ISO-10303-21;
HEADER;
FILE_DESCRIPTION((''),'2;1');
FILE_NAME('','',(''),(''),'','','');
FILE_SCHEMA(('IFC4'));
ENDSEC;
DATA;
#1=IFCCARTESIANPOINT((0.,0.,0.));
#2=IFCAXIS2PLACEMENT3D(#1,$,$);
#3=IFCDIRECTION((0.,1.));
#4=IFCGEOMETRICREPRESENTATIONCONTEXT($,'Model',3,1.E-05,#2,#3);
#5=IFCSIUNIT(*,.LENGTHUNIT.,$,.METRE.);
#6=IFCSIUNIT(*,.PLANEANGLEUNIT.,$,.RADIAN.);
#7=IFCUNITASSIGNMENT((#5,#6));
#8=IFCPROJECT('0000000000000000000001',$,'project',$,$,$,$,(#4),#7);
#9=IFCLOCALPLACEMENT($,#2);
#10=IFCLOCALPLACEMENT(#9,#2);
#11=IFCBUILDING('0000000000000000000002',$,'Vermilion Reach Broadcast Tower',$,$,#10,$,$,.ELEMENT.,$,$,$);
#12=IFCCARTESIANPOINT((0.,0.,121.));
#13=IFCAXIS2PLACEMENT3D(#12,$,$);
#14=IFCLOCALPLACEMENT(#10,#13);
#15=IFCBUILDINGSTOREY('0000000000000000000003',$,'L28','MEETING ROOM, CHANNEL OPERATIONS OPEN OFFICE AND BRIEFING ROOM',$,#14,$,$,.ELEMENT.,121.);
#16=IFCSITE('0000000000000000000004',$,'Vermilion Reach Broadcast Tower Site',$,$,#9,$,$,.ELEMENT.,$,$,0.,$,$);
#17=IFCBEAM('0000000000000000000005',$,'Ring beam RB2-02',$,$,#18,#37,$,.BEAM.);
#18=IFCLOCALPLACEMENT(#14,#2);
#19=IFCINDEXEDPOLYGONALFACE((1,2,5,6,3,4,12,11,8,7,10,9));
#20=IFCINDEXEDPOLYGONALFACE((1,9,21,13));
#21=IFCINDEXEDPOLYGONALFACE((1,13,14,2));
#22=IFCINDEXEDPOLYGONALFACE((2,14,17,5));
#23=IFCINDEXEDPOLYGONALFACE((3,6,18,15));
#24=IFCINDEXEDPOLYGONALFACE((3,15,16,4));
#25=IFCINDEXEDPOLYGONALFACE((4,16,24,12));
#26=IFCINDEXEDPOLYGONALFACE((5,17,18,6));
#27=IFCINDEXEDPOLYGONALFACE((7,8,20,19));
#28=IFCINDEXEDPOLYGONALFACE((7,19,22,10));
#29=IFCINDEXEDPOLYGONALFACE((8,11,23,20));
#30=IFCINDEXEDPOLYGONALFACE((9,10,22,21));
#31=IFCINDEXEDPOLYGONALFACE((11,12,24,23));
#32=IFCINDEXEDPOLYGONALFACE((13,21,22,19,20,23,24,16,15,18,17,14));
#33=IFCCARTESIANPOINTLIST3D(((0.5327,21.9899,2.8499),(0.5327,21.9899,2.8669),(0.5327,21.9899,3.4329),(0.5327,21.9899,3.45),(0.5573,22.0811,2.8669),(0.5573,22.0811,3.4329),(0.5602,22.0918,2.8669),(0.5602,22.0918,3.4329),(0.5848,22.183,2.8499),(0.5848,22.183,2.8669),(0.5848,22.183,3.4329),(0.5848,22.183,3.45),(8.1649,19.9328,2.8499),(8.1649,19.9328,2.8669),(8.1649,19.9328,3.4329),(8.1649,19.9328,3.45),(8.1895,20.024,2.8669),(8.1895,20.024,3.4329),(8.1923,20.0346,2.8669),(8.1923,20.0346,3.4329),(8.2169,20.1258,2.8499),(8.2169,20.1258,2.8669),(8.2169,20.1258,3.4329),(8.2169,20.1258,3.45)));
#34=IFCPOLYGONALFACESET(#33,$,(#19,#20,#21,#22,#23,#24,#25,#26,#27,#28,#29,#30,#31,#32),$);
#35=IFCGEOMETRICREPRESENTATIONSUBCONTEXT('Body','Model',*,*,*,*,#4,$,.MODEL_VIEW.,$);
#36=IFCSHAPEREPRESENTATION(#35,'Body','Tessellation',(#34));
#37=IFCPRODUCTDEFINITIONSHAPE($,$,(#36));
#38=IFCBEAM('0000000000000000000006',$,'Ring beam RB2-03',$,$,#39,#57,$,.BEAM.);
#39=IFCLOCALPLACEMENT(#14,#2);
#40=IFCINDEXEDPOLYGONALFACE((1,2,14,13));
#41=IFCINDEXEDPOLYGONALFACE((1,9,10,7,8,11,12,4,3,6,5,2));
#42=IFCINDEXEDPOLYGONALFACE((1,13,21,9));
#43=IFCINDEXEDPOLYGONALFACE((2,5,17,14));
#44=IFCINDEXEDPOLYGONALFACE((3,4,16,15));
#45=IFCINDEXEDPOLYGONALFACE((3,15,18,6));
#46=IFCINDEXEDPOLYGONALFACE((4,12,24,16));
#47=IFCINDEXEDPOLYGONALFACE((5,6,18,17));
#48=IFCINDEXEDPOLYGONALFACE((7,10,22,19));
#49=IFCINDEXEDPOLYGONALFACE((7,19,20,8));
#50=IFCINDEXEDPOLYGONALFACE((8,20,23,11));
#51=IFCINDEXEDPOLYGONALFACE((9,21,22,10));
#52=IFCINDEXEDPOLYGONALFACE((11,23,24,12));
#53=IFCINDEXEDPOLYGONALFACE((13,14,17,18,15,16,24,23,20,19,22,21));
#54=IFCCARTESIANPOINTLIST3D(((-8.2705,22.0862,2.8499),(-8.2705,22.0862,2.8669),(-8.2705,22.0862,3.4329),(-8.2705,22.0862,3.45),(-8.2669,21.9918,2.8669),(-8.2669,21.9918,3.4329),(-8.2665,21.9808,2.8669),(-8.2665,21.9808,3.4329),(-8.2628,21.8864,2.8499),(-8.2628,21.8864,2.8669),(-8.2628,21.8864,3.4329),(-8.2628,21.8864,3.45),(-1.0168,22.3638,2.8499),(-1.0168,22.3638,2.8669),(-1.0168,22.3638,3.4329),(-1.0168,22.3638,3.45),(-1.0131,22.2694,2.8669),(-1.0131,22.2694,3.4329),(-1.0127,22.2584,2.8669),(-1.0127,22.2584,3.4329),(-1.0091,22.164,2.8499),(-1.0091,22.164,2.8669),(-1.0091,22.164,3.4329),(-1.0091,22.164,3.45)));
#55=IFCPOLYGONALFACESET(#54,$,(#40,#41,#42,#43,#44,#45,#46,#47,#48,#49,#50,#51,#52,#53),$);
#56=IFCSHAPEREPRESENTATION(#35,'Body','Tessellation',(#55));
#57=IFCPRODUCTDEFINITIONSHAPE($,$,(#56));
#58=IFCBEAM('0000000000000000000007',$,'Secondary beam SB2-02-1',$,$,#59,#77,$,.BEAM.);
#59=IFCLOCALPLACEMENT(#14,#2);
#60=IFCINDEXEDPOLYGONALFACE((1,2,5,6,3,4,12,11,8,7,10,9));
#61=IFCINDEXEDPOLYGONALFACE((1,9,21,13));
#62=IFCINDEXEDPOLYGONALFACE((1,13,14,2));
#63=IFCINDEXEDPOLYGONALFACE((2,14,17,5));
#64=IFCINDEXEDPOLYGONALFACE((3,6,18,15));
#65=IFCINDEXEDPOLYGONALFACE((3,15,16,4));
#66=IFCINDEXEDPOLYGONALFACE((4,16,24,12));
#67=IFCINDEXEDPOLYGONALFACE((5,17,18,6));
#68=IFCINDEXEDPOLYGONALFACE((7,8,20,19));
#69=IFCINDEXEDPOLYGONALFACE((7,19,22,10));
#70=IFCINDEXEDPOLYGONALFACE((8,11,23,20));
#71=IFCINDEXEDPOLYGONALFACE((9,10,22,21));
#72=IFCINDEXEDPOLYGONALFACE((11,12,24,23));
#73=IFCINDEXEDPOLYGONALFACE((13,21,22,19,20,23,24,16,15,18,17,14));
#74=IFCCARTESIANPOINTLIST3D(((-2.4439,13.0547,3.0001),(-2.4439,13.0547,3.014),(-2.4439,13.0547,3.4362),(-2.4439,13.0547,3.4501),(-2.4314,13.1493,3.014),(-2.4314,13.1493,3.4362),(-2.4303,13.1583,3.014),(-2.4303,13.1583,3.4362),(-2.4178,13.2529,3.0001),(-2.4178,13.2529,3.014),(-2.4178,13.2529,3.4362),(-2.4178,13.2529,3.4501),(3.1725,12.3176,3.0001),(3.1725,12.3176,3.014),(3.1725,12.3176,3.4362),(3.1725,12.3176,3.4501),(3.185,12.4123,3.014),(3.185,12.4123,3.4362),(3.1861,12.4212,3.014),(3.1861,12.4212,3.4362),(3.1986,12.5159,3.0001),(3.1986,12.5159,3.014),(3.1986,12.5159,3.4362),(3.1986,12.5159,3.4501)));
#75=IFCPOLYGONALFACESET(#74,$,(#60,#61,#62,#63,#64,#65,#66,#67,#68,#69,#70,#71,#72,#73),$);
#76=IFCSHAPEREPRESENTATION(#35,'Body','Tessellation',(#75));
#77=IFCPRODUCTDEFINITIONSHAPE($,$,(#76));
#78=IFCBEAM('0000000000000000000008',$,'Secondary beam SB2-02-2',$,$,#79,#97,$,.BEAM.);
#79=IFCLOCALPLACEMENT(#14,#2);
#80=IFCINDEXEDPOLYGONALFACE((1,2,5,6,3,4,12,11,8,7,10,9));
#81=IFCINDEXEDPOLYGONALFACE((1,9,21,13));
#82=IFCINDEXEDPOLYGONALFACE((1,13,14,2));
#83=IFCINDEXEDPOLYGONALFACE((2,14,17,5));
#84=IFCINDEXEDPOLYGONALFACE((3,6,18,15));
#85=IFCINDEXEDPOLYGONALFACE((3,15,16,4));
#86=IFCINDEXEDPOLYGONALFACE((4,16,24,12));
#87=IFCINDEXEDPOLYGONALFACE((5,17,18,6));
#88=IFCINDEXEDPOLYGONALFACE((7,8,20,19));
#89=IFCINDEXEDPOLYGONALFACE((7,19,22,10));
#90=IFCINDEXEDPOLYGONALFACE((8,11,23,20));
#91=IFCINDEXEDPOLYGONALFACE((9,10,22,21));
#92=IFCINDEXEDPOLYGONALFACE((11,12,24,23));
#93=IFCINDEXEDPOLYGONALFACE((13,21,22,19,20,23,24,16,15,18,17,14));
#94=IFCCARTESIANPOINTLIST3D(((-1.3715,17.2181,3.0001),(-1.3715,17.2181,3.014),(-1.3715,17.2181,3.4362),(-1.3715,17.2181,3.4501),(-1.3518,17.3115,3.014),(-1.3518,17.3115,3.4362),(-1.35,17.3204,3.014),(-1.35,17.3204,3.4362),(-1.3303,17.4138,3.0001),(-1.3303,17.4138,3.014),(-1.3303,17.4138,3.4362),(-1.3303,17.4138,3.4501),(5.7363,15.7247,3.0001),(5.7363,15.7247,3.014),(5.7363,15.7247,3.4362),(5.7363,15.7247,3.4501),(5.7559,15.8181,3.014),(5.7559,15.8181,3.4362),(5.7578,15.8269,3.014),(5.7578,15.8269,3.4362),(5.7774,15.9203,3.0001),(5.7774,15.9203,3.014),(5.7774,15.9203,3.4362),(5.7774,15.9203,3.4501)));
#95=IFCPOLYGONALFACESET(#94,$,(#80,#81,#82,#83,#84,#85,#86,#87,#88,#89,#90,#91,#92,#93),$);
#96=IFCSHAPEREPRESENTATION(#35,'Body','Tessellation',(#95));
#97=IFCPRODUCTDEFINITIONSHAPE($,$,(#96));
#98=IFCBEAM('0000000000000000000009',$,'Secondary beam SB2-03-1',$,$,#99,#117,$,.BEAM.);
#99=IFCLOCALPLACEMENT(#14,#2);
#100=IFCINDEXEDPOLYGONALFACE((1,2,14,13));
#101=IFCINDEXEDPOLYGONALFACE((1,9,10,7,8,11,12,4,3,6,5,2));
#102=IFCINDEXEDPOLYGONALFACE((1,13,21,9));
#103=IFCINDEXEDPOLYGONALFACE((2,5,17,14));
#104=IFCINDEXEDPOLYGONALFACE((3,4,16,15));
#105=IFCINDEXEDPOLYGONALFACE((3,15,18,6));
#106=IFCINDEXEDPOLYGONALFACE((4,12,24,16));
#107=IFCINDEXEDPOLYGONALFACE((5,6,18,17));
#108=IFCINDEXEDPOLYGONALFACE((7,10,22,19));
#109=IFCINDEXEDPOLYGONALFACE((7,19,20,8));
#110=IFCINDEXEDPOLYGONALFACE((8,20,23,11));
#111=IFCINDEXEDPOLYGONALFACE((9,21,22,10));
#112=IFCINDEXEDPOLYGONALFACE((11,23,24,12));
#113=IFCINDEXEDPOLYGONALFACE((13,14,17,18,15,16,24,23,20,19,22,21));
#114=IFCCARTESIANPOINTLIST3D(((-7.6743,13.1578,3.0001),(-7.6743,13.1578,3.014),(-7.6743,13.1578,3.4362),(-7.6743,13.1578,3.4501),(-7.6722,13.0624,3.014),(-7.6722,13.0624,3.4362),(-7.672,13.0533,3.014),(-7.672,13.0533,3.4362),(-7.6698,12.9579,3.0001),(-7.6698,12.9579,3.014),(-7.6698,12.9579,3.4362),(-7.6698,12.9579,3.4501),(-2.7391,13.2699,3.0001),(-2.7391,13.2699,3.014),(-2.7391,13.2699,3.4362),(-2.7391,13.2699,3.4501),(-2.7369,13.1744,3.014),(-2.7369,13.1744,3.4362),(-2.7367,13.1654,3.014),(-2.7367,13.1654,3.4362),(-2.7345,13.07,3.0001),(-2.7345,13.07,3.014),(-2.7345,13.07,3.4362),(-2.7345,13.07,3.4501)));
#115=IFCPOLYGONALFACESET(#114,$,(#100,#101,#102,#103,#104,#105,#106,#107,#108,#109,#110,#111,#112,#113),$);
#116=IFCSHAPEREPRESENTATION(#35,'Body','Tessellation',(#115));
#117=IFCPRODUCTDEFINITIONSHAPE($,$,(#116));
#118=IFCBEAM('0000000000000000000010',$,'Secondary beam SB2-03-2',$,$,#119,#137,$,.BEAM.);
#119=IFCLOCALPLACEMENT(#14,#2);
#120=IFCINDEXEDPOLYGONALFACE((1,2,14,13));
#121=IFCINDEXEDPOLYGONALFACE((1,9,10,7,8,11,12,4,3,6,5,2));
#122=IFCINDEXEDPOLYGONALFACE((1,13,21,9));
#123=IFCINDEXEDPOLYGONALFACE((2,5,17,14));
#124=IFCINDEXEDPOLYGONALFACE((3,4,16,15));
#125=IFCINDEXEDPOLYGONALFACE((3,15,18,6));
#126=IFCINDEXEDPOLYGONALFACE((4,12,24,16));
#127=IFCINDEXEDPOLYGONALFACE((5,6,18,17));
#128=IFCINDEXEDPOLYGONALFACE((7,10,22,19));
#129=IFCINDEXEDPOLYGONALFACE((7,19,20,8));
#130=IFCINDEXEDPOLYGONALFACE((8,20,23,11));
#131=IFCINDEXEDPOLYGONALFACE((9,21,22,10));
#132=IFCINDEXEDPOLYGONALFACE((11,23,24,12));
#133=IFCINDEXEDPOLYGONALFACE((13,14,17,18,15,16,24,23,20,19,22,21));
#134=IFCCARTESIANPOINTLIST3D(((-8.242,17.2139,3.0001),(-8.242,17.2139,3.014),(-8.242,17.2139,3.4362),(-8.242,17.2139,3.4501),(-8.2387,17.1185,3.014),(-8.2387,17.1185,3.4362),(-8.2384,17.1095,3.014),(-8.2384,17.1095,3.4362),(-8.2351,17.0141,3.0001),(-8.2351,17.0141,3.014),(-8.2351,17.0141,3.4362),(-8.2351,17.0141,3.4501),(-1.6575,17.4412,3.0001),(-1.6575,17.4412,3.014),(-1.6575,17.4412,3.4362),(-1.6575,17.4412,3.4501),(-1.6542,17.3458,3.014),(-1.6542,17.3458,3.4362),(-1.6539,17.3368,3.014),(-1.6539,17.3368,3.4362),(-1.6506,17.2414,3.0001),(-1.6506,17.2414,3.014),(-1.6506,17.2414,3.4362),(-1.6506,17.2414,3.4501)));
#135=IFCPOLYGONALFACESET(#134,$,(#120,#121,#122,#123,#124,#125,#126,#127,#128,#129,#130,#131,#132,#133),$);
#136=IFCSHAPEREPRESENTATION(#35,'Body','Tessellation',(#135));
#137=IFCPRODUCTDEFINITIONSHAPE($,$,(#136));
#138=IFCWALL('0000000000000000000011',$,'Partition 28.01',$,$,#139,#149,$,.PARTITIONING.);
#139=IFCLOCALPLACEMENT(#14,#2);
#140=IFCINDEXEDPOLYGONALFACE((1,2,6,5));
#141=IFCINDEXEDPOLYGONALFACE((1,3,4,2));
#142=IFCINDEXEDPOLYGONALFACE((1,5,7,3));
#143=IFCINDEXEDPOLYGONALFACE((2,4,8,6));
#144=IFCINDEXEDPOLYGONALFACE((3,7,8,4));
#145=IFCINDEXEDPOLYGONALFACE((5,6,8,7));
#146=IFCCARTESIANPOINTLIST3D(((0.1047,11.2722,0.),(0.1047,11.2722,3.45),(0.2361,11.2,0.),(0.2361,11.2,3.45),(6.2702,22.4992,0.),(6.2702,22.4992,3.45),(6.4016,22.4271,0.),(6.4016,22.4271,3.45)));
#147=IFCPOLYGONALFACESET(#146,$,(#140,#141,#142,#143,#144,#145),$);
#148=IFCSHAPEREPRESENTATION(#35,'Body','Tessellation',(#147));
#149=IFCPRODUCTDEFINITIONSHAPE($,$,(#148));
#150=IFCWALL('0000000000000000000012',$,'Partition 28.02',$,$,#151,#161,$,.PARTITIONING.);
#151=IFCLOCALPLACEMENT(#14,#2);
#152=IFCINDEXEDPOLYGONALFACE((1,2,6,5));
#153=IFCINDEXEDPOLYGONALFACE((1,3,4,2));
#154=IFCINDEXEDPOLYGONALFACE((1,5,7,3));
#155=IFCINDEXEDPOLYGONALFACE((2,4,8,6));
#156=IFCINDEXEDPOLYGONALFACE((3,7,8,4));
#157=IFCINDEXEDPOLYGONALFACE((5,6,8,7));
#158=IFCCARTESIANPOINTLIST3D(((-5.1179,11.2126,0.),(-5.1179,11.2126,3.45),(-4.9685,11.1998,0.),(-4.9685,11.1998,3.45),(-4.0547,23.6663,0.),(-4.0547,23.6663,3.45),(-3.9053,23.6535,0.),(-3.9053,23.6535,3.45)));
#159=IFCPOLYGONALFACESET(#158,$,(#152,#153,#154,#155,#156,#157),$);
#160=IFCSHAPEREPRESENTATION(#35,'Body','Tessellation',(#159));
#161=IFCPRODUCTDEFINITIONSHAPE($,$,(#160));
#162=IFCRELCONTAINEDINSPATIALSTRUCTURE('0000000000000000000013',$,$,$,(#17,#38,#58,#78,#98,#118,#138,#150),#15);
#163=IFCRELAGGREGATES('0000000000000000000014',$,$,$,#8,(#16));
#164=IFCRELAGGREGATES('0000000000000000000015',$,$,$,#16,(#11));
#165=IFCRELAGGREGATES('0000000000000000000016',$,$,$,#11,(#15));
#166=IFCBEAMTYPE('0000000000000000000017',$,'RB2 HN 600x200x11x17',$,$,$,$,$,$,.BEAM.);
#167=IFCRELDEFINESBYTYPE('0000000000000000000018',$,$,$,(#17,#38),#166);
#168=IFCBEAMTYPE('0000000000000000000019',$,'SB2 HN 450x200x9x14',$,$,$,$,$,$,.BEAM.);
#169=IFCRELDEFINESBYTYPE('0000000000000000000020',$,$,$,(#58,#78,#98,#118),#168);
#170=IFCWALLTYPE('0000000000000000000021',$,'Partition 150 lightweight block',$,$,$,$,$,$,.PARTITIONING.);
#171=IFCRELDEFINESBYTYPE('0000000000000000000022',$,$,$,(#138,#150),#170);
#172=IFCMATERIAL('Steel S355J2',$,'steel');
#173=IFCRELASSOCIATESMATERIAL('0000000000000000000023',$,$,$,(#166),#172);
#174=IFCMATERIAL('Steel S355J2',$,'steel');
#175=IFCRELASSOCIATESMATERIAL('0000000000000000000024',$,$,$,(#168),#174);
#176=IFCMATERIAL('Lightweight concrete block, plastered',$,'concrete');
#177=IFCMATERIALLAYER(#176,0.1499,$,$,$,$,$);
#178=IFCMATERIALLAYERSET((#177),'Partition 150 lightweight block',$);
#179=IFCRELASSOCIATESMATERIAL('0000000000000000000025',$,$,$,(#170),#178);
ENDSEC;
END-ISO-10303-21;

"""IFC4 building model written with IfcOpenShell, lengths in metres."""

from ifc_helpers import new_model, si_unit, direction, frame, frame_2d, origin, origin_2d, place, context, subcontext, project, spatial, rectangle, i_section, extrude, material, layer, layer_set, material_profile, profile_set, type_object, element, save


model = new_model("IFC4")

# Units and contexts
model_context = context("Model", 3, precision=1e-05, world=origin(), true_north=direction((0.0, 1.0)))
body_context = subcontext(model_context, "Body", "Model", "MODEL_VIEW")
ifc_project = project(units=[si_unit("LENGTHUNIT", "METRE"), si_unit("PLANEANGLEUNIT", "RADIAN")], contexts=[model_context])

# Site, building, storey
site_placement = place(None, origin())
site = spatial("IfcSite", under=ifc_project, at=site_placement, Name="Vermilion Reach Broadcast Tower Site", CompositionType="ELEMENT", RefElevation=0.0)
building_placement = place(site_placement, origin())
building = spatial("IfcBuilding", under=site, at=building_placement, Name="Vermilion Reach Broadcast Tower", CompositionType="ELEMENT")
storey_placement = place(building_placement, frame((0.0, 0.0, 121.0)))
storey = spatial("IfcBuildingStorey", under=building, at=storey_placement, Name="L28", Description="MEETING ROOM, CHANNEL OPERATIONS OPEN OFFICE AND BRIEFING ROOM", CompositionType="ELEMENT", Elevation=121.0)

# Beams
ifc_material_1 = material(Name="Steel S355J2", Category="steel")
ifc_material_profile_1 = material_profile(ifc_material_1, i_section(OverallWidth=0.2, OverallDepth=0.6001, WebThickness=0.011, FlangeThickness=0.0171, at=origin_2d()), Name="S355J2 HN 600x200x11x17")
ifc_profile_set_1 = profile_set([ifc_material_profile_1], Name="Steel S355J2")
beam_type_1 = type_object("IfcBeamType", Name="RB2 HN 600x200x11x17", PredefinedType="BEAM", material=ifc_profile_set_1)
beam_1_placement = place(storey_placement, frame((8.1909, 20.0293, 3.1499), z_axis=(-0.965541, 0.260249, 0.0), x_axis=(-0.260249, -0.965541, 0.0)))
element("IfcBeam", 1, at=beam_1_placement, inside=storey, type_object=beam_type_1, Name="Ring beam RB2-02", PredefinedType="BEAM", context=body_context, shape_type="SweptSolid", body=[
    extrude(i_section(OverallWidth=0.2, OverallDepth=0.6001, WebThickness=0.011, FlangeThickness=0.0171, at=origin_2d()), origin(), (0.0, 0.0, 1.0), 7.9045),
])
beam_2_placement = place(storey_placement, frame((-1.0129, 22.2639, 3.1499), z_axis=(-0.999269, -0.038241, 0.0), x_axis=(0.038241, -0.999269, 0.0)))
element("IfcBeam", 2, at=beam_2_placement, inside=storey, type_object=beam_type_1, Name="Ring beam RB2-03", PredefinedType="BEAM", context=body_context, shape_type="SweptSolid", body=[
    extrude(i_section(OverallWidth=0.2, OverallDepth=0.6001, WebThickness=0.011, FlangeThickness=0.0171, at=origin_2d()), origin(), (0.0, 0.0, 1.0), 7.259),
])
ifc_material_2 = material(Name="Steel S355J2", Category="steel")
ifc_material_profile_2 = material_profile(ifc_material_2, i_section(OverallWidth=0.2, OverallDepth=0.45, WebThickness=0.009, FlangeThickness=0.0139, at=origin_2d()), Name="S355J2 HN 450x200x9x14")
ifc_profile_set_2 = profile_set([ifc_material_profile_2], Name="Steel S355J2")
beam_type_2 = type_object("IfcBeamType", Name="SB2 HN 450x200x9x14", PredefinedType="BEAM", material=ifc_profile_set_2)
beam_3_placement = place(storey_placement, frame((3.1855, 12.4167, 3.2251), z_axis=(-0.991499, 0.130117, 0.0), x_axis=(-0.130117, -0.991499, 0.0)))
element("IfcBeam", 3, at=beam_3_placement, inside=storey, type_object=beam_type_2, Name="Secondary beam SB2-02-1", PredefinedType="BEAM", context=body_context, shape_type="SweptSolid", body=[
    extrude(i_section(OverallWidth=0.2, OverallDepth=0.45, WebThickness=0.009, FlangeThickness=0.0139, at=origin_2d()), origin(), (0.0, 0.0, 1.0), 5.6646),
])
beam_4_placement = place(storey_placement, frame((5.7568, 15.8225, 3.2251), z_axis=(-0.978631, 0.205623, 0.0), x_axis=(-0.205623, -0.978631, 0.0)))
element("IfcBeam", 4, at=beam_4_placement, inside=storey, type_object=beam_type_2, Name="Secondary beam SB2-02-2", PredefinedType="BEAM", context=body_context, shape_type="SweptSolid", body=[
    extrude(i_section(OverallWidth=0.2, OverallDepth=0.45, WebThickness=0.009, FlangeThickness=0.0139, at=origin_2d()), origin(), (0.0, 0.0, 1.0), 7.2629),
])
beam_5_placement = place(storey_placement, frame((-2.7368, 13.1699, 3.2251), z_axis=(-0.999742, -0.0227, 0.0), x_axis=(0.0227, -0.999742, 0.0)))
element("IfcBeam", 5, at=beam_5_placement, inside=storey, type_object=beam_type_2, Name="Secondary beam SB2-03-1", PredefinedType="BEAM", context=body_context, shape_type="SweptSolid", body=[
    extrude(i_section(OverallWidth=0.2, OverallDepth=0.45, WebThickness=0.009, FlangeThickness=0.0139, at=origin_2d()), origin(), (0.0, 0.0, 1.0), 4.9365),
])
beam_6_placement = place(storey_placement, frame((-1.6541, 17.3413, 3.2251), z_axis=(-0.999405, -0.034499, 0.0), x_axis=(0.034499, -0.999405, 0.0)))
element("IfcBeam", 6, at=beam_6_placement, inside=storey, type_object=beam_type_2, Name="Secondary beam SB2-03-2", PredefinedType="BEAM", context=body_context, shape_type="SweptSolid", body=[
    extrude(i_section(OverallWidth=0.2, OverallDepth=0.45, WebThickness=0.009, FlangeThickness=0.0139, at=origin_2d()), origin(), (0.0, 0.0, 1.0), 6.5884),
])

# Walls
ifc_material_3 = material(Name="Lightweight concrete block, plastered", Category="concrete")
ifc_layer_1 = layer(ifc_material_3, 0.1499)
ifc_layer_set_1 = layer_set([ifc_layer_1], Name="Partition 150 lightweight block")
wall_type_1 = type_object("IfcWallType", Name="Partition 150 lightweight block", PredefinedType="PARTITIONING", material=ifc_layer_set_1)
wall_1_placement = place(storey_placement, frame((6.3359, 22.4631, 0.0), z_axis=(0.0, 0.0, 1.0), x_axis=(-0.481358, -0.876524, 0.0)))
element("IfcWall", 7, at=wall_1_placement, inside=storey, type_object=wall_type_1, Name="Partition 28.01", PredefinedType="PARTITIONING", context=body_context, shape_type="SweptSolid", body=[
    extrude(rectangle(XDim=12.8086, YDim=0.1499, at=frame_2d((6.4043, 0.0))), origin(), (0.0, 0.0, 1.0), 3.45),
])
wall_2_placement = place(storey_placement, frame((-3.98, 23.6599, 0.0), z_axis=(0.0, 0.0, 1.0), x_axis=(-0.085066, -0.996375, 0.0)))
element("IfcWall", 8, at=wall_2_placement, inside=storey, type_object=wall_type_1, Name="Partition 28.02", PredefinedType="PARTITIONING", context=body_context, shape_type="SweptSolid", body=[
    extrude(rectangle(XDim=12.499, YDim=0.1499, at=frame_2d((6.2495, 0.0))), origin(), (0.0, 0.0, 1.0), 3.45),
])

save(model, "model.ifc")
